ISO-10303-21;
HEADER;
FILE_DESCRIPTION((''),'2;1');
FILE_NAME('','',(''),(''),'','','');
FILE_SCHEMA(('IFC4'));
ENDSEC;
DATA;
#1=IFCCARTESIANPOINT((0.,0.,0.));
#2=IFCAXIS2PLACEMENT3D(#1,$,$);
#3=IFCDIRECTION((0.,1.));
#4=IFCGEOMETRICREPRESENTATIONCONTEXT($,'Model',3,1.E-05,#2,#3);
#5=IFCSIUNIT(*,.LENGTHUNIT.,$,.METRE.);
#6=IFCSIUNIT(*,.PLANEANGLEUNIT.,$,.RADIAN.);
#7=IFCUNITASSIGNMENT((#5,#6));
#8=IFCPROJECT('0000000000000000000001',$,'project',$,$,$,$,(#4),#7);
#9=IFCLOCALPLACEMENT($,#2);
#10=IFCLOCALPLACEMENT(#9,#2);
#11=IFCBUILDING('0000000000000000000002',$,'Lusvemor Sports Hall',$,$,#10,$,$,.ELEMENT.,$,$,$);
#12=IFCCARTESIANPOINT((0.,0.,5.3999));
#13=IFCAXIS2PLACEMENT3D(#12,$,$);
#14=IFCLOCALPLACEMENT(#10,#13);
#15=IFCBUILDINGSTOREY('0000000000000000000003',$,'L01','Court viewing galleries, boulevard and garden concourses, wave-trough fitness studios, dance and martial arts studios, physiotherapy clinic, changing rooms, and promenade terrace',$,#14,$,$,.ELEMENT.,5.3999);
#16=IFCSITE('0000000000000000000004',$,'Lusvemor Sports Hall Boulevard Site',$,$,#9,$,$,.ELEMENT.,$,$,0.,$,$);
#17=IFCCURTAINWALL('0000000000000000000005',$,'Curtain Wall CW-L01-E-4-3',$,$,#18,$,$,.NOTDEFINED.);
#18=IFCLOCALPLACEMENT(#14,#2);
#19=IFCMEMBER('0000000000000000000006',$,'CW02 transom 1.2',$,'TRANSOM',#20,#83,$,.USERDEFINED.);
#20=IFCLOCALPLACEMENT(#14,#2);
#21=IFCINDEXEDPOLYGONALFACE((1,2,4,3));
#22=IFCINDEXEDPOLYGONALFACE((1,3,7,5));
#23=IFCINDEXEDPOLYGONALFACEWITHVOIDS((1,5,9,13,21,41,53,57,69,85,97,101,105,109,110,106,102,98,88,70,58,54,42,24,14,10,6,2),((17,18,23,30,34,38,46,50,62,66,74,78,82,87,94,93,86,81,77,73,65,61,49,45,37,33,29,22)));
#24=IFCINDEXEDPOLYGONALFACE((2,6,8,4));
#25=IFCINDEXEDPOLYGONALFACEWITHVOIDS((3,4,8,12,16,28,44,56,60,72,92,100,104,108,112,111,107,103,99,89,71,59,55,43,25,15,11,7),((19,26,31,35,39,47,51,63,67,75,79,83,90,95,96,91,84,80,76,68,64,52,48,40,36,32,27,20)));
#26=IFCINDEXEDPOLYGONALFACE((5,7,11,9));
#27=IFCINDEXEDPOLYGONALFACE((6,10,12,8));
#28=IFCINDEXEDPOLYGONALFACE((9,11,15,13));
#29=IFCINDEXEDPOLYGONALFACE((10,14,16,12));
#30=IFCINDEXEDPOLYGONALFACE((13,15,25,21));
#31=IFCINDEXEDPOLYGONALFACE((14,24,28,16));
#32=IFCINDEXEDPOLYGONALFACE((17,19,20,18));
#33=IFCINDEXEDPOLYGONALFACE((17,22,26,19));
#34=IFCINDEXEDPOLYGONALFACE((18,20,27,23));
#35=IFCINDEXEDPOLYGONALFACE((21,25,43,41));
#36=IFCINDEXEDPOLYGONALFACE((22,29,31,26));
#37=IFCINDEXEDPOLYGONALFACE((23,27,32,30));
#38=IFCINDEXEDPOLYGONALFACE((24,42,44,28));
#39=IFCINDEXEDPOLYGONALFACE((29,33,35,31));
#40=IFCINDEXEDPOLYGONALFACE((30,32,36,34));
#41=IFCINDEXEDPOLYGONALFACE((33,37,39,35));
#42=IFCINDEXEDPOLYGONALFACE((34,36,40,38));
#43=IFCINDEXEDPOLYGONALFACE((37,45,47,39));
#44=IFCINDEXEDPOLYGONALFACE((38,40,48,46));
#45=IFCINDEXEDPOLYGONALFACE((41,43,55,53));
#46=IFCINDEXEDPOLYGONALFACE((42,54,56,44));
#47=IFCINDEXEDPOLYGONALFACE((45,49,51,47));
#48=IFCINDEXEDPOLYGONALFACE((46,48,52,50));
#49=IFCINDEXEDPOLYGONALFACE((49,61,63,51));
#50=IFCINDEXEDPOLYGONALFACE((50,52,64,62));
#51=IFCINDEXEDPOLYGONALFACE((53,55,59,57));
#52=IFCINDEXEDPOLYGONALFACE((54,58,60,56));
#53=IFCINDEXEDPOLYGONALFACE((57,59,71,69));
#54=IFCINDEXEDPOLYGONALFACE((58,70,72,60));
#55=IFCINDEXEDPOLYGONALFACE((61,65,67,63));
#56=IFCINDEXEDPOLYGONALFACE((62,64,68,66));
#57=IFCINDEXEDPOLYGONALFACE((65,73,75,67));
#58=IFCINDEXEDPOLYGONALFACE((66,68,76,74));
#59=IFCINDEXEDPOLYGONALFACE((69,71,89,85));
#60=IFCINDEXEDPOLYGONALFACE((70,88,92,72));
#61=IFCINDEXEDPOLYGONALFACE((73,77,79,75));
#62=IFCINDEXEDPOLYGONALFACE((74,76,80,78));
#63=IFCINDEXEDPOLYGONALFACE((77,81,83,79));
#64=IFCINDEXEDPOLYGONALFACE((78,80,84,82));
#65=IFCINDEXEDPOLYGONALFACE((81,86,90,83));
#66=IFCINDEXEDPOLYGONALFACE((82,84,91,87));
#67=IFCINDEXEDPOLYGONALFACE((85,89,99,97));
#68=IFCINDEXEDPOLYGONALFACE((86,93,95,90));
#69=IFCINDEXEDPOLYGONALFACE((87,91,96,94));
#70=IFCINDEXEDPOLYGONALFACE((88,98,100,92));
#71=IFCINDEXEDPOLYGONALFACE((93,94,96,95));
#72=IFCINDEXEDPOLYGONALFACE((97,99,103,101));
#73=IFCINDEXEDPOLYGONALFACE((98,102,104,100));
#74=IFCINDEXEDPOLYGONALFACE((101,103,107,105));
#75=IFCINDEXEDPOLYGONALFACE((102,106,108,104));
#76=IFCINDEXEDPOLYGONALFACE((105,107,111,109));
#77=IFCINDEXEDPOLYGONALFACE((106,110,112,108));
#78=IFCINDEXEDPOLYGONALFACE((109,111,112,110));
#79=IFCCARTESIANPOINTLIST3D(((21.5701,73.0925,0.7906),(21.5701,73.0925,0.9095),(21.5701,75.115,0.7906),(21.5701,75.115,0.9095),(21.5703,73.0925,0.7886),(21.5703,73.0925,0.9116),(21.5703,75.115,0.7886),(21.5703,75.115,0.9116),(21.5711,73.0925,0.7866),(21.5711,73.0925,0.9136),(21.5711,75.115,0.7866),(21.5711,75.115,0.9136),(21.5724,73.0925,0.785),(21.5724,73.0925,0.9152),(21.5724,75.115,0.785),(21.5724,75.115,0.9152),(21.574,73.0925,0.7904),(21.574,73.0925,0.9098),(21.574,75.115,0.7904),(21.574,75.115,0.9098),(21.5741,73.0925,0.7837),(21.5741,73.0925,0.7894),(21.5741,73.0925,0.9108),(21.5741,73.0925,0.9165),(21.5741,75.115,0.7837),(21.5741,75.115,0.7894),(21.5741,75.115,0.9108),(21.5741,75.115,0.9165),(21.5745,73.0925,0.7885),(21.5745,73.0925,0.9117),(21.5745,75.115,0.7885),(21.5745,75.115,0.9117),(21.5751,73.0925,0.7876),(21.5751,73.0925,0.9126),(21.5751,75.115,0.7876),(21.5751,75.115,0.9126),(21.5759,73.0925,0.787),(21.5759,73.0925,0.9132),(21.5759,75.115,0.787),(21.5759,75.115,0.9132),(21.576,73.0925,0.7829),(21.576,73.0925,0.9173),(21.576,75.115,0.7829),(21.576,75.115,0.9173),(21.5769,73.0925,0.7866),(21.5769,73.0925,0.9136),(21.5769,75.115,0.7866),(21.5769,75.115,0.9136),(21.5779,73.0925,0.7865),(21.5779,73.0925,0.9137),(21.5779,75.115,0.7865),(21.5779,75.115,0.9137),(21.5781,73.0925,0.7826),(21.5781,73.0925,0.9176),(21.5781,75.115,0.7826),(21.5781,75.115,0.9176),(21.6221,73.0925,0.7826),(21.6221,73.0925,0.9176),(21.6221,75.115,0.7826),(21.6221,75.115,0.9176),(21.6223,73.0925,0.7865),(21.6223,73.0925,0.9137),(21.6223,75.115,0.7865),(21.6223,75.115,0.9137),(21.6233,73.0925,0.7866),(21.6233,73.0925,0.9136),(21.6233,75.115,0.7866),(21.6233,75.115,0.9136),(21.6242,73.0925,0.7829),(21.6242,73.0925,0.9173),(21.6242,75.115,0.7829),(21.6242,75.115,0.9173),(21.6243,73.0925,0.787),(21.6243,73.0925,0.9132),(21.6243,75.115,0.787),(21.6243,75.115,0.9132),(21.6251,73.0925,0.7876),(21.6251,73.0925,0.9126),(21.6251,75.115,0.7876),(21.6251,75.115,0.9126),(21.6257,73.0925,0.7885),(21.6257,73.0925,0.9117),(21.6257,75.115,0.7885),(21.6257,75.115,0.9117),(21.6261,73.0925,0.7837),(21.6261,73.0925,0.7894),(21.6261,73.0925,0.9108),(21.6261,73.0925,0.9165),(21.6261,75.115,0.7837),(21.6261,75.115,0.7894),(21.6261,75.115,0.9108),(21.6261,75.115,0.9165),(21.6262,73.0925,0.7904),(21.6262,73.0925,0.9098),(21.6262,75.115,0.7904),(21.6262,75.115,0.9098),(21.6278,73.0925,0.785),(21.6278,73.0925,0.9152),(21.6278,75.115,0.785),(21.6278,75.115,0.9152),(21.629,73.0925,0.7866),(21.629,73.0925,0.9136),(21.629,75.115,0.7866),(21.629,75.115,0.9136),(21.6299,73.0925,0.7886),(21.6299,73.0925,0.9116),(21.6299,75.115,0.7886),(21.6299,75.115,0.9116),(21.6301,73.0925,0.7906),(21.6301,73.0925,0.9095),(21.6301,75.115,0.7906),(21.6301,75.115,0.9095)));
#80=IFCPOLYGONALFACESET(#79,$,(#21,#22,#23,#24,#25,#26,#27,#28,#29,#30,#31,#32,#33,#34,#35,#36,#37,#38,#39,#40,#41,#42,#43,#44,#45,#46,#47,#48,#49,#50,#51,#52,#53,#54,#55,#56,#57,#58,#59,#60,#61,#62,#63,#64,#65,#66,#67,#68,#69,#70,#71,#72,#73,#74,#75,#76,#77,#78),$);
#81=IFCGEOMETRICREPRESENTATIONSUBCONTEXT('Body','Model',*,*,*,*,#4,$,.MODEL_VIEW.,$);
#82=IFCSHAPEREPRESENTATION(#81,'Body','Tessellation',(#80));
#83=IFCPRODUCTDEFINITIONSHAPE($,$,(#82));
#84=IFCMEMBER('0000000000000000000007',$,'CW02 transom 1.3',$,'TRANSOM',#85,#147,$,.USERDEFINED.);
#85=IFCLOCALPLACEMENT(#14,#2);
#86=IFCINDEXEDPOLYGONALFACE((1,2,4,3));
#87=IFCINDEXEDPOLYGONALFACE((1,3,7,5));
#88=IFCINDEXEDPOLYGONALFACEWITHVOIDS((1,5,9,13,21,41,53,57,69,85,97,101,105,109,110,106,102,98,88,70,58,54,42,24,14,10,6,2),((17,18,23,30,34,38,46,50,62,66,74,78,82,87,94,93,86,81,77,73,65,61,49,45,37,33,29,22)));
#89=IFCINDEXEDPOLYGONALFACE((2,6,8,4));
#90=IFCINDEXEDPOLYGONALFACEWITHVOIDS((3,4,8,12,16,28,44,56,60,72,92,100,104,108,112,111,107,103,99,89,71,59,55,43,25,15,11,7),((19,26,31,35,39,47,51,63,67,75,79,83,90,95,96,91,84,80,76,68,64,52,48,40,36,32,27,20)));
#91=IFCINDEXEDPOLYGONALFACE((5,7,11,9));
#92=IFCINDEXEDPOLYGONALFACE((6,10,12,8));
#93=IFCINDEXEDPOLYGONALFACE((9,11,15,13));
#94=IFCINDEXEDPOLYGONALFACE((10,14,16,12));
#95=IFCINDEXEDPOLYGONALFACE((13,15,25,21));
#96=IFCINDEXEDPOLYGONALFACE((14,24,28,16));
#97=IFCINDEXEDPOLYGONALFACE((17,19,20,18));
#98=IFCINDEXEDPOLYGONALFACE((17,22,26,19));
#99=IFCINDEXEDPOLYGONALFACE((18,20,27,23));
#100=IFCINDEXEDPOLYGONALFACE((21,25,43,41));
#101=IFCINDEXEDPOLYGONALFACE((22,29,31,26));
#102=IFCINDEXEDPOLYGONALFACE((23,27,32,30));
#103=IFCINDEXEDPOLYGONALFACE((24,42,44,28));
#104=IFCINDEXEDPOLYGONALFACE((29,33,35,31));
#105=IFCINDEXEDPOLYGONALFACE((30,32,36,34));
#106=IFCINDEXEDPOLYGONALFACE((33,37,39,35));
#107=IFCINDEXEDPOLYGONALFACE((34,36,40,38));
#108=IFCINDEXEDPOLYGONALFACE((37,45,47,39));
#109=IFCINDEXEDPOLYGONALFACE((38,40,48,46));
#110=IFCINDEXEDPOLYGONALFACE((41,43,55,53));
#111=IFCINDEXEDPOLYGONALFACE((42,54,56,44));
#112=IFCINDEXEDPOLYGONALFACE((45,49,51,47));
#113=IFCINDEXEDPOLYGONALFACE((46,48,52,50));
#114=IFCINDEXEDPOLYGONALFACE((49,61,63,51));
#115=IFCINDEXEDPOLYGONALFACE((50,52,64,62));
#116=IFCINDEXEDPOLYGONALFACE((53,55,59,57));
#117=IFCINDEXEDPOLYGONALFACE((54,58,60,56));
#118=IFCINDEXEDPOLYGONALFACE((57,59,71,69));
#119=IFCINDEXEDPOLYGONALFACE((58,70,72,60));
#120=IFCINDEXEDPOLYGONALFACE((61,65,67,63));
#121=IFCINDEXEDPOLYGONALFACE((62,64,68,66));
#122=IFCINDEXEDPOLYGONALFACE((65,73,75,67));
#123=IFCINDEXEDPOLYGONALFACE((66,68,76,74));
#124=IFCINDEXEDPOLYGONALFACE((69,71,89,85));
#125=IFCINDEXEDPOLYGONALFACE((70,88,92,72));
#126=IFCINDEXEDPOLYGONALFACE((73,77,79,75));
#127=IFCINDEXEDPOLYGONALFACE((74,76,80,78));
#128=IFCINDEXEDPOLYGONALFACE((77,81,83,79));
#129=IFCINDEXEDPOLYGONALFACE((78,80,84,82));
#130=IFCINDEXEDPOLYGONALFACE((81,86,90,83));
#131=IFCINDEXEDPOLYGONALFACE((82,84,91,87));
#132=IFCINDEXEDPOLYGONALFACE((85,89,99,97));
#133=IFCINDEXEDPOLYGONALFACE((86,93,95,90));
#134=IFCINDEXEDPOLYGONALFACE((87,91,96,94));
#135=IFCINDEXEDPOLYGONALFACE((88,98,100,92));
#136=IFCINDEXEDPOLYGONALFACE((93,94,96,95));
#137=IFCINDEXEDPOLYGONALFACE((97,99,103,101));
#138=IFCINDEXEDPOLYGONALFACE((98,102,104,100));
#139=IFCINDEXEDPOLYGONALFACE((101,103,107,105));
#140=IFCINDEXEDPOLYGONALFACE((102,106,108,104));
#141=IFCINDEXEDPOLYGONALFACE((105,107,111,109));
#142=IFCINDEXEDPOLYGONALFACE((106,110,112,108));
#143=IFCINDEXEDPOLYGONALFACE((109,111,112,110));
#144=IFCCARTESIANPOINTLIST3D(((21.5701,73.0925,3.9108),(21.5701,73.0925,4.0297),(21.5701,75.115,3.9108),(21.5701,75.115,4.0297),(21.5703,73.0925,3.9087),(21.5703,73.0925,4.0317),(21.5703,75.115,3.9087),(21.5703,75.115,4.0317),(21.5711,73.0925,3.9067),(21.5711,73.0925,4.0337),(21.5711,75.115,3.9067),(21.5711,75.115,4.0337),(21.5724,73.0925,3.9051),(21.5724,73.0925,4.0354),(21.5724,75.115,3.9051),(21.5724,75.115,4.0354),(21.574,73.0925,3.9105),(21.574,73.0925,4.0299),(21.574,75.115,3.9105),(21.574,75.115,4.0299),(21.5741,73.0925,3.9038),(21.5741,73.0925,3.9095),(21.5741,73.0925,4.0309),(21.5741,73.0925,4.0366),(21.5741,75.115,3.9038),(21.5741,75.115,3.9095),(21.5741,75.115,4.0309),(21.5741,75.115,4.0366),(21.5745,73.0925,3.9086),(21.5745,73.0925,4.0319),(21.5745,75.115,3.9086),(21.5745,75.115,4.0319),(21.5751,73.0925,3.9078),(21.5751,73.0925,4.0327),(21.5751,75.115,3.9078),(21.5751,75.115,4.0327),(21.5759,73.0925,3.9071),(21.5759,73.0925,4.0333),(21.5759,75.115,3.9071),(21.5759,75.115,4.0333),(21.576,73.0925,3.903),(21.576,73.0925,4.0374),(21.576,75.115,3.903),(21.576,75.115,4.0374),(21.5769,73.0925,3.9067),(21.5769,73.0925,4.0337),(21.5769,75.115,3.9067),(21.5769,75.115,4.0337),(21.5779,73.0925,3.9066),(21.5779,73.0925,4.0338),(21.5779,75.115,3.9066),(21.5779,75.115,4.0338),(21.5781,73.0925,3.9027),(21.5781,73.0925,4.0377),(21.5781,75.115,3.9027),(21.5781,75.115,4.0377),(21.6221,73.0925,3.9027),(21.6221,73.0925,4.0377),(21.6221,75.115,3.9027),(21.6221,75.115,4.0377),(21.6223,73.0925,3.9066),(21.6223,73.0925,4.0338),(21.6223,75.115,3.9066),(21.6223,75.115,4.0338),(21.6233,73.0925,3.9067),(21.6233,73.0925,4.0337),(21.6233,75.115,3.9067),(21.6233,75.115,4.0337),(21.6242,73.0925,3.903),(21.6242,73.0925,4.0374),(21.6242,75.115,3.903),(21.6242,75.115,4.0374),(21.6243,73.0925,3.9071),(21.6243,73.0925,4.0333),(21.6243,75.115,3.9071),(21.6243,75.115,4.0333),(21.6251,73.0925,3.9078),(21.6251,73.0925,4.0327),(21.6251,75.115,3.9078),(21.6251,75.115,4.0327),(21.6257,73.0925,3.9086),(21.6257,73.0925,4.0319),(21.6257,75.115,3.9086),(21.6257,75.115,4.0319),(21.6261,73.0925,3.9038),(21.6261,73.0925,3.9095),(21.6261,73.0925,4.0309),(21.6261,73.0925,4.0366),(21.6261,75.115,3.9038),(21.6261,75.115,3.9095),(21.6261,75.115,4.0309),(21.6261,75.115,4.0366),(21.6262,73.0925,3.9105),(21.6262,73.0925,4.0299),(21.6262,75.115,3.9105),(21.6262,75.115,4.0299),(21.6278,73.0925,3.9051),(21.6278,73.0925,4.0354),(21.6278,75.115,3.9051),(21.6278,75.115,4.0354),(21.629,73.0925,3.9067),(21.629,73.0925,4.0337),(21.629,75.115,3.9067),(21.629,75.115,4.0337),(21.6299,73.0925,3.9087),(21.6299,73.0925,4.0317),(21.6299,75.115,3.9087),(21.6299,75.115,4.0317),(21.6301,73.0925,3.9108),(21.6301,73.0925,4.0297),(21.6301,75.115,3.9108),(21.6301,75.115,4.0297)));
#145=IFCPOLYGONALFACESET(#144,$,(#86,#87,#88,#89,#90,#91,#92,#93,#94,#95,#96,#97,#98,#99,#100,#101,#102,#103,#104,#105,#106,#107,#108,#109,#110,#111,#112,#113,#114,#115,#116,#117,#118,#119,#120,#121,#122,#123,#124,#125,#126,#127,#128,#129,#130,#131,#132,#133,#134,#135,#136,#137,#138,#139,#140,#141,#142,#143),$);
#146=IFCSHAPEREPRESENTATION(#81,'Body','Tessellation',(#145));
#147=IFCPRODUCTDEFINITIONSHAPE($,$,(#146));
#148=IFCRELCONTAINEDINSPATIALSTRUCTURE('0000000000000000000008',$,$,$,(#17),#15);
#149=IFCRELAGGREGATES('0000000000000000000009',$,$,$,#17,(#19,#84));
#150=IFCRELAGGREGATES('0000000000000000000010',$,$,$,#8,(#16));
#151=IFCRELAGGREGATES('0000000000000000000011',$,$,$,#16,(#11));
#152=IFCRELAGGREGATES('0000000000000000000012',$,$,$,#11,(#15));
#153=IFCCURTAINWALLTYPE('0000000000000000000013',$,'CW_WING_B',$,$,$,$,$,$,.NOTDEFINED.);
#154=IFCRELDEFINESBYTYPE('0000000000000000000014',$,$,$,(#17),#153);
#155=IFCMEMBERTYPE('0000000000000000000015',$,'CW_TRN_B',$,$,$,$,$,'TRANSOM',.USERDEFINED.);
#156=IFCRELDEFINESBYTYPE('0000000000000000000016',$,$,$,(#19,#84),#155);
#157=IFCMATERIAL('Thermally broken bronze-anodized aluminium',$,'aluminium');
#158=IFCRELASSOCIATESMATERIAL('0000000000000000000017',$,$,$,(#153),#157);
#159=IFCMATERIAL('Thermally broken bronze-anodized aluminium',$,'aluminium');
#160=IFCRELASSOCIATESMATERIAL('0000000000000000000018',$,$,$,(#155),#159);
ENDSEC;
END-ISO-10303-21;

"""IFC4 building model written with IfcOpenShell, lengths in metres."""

from ifc_helpers import new_model, si_unit, direction, frame, origin, origin_2d, place, context, subcontext, project, spatial, hollow_rectangle, extrude, material, material_profile, profile_set, type_object, element, aggregate, save


model = new_model("IFC4")

# Units and contexts
model_context = context("Model", 3, precision=1e-05, world=origin(), true_north=direction((0.0, 1.0)))
body_context = subcontext(model_context, "Body", "Model", "MODEL_VIEW")
ifc_project = project(units=[si_unit("LENGTHUNIT", "METRE"), si_unit("PLANEANGLEUNIT", "RADIAN")], contexts=[model_context])

# Site, building, storey
site_placement = place(None, origin())
site = spatial("IfcSite", under=ifc_project, at=site_placement, Name="Lusvemor Sports Hall Boulevard Site", CompositionType="ELEMENT", RefElevation=0.0)
building_placement = place(site_placement, origin())
building = spatial("IfcBuilding", under=site, at=building_placement, Name="Lusvemor Sports Hall", CompositionType="ELEMENT")
storey_placement = place(building_placement, frame((0.0, 0.0, 5.3999)))
storey = spatial("IfcBuildingStorey", under=building, at=storey_placement, Name="L01", Description="Court viewing galleries, boulevard and garden concourses, wave-trough fitness studios, dance and martial arts studios, physiotherapy clinic, changing rooms, and promenade terrace", CompositionType="ELEMENT", Elevation=5.3999)

# Curtain wall
ifc_material_1 = material(Name="Thermally broken bronze-anodized aluminium", Category="aluminium")
curtain_wall_type = type_object("IfcCurtainWallType", Name="CW_WING_B", PredefinedType="NOTDEFINED", material=ifc_material_1)
curtain_wall_1_placement = place(storey_placement, origin())
curtain_wall_1 = element("IfcCurtainWall", 1, at=curtain_wall_1_placement, inside=storey, type_object=curtain_wall_type, Name="Curtain Wall CW-L01-E-4-3", PredefinedType="NOTDEFINED")

# Members
ifc_material_2 = material(Name="Thermally broken bronze-anodized aluminium", Category="aluminium")
ifc_material_profile_1 = material_profile(ifc_material_2, hollow_rectangle(XDim=0.0601, YDim=0.135, WallThickness=0.0039, InnerFilletRadius=0.0039, OuterFilletRadius=0.0081, at=origin_2d()), Name="CWTRN135x60x4")
ifc_profile_set_1 = profile_set([ifc_material_profile_1], Name="Thermally broken bronze-anodized aluminium")
member_type_1 = type_object("IfcMemberType", Name="CW_TRN_B", ElementType="TRANSOM", PredefinedType="USERDEFINED", material=ifc_profile_set_1)
member_1_placement = place(storey_placement, frame((21.6001, 75.115, 0.8501), z_axis=(0.0, -1.0, 0.0), x_axis=(1.0, 0.0, 0.0)))
member_1 = element("IfcMember", 2, at=member_1_placement, type_object=member_type_1, Name="CW02 transom 1.2", ObjectType="TRANSOM", PredefinedType="USERDEFINED", context=body_context, shape_type="SweptSolid", body=[
    extrude(hollow_rectangle(XDim=0.0601, YDim=0.135, WallThickness=0.0039, InnerFilletRadius=0.0039, OuterFilletRadius=0.0081, at=origin_2d()), origin(), (0.0, 0.0, 1.0), 2.0225),
])
member_2_placement = place(storey_placement, frame((21.6001, 75.115, 3.9702), z_axis=(0.0, -1.0, 0.0), x_axis=(1.0, 0.0, 0.0)))
member_2 = element("IfcMember", 3, at=member_2_placement, type_object=member_type_1, Name="CW02 transom 1.3", ObjectType="TRANSOM", PredefinedType="USERDEFINED", context=body_context, shape_type="SweptSolid", body=[
    extrude(hollow_rectangle(XDim=0.0601, YDim=0.135, WallThickness=0.0039, InnerFilletRadius=0.0039, OuterFilletRadius=0.0081, at=origin_2d()), origin(), (0.0, 0.0, 1.0), 2.0225),
])
aggregate(curtain_wall_1, [member_1, member_2])

save(model, "model.ifc")
